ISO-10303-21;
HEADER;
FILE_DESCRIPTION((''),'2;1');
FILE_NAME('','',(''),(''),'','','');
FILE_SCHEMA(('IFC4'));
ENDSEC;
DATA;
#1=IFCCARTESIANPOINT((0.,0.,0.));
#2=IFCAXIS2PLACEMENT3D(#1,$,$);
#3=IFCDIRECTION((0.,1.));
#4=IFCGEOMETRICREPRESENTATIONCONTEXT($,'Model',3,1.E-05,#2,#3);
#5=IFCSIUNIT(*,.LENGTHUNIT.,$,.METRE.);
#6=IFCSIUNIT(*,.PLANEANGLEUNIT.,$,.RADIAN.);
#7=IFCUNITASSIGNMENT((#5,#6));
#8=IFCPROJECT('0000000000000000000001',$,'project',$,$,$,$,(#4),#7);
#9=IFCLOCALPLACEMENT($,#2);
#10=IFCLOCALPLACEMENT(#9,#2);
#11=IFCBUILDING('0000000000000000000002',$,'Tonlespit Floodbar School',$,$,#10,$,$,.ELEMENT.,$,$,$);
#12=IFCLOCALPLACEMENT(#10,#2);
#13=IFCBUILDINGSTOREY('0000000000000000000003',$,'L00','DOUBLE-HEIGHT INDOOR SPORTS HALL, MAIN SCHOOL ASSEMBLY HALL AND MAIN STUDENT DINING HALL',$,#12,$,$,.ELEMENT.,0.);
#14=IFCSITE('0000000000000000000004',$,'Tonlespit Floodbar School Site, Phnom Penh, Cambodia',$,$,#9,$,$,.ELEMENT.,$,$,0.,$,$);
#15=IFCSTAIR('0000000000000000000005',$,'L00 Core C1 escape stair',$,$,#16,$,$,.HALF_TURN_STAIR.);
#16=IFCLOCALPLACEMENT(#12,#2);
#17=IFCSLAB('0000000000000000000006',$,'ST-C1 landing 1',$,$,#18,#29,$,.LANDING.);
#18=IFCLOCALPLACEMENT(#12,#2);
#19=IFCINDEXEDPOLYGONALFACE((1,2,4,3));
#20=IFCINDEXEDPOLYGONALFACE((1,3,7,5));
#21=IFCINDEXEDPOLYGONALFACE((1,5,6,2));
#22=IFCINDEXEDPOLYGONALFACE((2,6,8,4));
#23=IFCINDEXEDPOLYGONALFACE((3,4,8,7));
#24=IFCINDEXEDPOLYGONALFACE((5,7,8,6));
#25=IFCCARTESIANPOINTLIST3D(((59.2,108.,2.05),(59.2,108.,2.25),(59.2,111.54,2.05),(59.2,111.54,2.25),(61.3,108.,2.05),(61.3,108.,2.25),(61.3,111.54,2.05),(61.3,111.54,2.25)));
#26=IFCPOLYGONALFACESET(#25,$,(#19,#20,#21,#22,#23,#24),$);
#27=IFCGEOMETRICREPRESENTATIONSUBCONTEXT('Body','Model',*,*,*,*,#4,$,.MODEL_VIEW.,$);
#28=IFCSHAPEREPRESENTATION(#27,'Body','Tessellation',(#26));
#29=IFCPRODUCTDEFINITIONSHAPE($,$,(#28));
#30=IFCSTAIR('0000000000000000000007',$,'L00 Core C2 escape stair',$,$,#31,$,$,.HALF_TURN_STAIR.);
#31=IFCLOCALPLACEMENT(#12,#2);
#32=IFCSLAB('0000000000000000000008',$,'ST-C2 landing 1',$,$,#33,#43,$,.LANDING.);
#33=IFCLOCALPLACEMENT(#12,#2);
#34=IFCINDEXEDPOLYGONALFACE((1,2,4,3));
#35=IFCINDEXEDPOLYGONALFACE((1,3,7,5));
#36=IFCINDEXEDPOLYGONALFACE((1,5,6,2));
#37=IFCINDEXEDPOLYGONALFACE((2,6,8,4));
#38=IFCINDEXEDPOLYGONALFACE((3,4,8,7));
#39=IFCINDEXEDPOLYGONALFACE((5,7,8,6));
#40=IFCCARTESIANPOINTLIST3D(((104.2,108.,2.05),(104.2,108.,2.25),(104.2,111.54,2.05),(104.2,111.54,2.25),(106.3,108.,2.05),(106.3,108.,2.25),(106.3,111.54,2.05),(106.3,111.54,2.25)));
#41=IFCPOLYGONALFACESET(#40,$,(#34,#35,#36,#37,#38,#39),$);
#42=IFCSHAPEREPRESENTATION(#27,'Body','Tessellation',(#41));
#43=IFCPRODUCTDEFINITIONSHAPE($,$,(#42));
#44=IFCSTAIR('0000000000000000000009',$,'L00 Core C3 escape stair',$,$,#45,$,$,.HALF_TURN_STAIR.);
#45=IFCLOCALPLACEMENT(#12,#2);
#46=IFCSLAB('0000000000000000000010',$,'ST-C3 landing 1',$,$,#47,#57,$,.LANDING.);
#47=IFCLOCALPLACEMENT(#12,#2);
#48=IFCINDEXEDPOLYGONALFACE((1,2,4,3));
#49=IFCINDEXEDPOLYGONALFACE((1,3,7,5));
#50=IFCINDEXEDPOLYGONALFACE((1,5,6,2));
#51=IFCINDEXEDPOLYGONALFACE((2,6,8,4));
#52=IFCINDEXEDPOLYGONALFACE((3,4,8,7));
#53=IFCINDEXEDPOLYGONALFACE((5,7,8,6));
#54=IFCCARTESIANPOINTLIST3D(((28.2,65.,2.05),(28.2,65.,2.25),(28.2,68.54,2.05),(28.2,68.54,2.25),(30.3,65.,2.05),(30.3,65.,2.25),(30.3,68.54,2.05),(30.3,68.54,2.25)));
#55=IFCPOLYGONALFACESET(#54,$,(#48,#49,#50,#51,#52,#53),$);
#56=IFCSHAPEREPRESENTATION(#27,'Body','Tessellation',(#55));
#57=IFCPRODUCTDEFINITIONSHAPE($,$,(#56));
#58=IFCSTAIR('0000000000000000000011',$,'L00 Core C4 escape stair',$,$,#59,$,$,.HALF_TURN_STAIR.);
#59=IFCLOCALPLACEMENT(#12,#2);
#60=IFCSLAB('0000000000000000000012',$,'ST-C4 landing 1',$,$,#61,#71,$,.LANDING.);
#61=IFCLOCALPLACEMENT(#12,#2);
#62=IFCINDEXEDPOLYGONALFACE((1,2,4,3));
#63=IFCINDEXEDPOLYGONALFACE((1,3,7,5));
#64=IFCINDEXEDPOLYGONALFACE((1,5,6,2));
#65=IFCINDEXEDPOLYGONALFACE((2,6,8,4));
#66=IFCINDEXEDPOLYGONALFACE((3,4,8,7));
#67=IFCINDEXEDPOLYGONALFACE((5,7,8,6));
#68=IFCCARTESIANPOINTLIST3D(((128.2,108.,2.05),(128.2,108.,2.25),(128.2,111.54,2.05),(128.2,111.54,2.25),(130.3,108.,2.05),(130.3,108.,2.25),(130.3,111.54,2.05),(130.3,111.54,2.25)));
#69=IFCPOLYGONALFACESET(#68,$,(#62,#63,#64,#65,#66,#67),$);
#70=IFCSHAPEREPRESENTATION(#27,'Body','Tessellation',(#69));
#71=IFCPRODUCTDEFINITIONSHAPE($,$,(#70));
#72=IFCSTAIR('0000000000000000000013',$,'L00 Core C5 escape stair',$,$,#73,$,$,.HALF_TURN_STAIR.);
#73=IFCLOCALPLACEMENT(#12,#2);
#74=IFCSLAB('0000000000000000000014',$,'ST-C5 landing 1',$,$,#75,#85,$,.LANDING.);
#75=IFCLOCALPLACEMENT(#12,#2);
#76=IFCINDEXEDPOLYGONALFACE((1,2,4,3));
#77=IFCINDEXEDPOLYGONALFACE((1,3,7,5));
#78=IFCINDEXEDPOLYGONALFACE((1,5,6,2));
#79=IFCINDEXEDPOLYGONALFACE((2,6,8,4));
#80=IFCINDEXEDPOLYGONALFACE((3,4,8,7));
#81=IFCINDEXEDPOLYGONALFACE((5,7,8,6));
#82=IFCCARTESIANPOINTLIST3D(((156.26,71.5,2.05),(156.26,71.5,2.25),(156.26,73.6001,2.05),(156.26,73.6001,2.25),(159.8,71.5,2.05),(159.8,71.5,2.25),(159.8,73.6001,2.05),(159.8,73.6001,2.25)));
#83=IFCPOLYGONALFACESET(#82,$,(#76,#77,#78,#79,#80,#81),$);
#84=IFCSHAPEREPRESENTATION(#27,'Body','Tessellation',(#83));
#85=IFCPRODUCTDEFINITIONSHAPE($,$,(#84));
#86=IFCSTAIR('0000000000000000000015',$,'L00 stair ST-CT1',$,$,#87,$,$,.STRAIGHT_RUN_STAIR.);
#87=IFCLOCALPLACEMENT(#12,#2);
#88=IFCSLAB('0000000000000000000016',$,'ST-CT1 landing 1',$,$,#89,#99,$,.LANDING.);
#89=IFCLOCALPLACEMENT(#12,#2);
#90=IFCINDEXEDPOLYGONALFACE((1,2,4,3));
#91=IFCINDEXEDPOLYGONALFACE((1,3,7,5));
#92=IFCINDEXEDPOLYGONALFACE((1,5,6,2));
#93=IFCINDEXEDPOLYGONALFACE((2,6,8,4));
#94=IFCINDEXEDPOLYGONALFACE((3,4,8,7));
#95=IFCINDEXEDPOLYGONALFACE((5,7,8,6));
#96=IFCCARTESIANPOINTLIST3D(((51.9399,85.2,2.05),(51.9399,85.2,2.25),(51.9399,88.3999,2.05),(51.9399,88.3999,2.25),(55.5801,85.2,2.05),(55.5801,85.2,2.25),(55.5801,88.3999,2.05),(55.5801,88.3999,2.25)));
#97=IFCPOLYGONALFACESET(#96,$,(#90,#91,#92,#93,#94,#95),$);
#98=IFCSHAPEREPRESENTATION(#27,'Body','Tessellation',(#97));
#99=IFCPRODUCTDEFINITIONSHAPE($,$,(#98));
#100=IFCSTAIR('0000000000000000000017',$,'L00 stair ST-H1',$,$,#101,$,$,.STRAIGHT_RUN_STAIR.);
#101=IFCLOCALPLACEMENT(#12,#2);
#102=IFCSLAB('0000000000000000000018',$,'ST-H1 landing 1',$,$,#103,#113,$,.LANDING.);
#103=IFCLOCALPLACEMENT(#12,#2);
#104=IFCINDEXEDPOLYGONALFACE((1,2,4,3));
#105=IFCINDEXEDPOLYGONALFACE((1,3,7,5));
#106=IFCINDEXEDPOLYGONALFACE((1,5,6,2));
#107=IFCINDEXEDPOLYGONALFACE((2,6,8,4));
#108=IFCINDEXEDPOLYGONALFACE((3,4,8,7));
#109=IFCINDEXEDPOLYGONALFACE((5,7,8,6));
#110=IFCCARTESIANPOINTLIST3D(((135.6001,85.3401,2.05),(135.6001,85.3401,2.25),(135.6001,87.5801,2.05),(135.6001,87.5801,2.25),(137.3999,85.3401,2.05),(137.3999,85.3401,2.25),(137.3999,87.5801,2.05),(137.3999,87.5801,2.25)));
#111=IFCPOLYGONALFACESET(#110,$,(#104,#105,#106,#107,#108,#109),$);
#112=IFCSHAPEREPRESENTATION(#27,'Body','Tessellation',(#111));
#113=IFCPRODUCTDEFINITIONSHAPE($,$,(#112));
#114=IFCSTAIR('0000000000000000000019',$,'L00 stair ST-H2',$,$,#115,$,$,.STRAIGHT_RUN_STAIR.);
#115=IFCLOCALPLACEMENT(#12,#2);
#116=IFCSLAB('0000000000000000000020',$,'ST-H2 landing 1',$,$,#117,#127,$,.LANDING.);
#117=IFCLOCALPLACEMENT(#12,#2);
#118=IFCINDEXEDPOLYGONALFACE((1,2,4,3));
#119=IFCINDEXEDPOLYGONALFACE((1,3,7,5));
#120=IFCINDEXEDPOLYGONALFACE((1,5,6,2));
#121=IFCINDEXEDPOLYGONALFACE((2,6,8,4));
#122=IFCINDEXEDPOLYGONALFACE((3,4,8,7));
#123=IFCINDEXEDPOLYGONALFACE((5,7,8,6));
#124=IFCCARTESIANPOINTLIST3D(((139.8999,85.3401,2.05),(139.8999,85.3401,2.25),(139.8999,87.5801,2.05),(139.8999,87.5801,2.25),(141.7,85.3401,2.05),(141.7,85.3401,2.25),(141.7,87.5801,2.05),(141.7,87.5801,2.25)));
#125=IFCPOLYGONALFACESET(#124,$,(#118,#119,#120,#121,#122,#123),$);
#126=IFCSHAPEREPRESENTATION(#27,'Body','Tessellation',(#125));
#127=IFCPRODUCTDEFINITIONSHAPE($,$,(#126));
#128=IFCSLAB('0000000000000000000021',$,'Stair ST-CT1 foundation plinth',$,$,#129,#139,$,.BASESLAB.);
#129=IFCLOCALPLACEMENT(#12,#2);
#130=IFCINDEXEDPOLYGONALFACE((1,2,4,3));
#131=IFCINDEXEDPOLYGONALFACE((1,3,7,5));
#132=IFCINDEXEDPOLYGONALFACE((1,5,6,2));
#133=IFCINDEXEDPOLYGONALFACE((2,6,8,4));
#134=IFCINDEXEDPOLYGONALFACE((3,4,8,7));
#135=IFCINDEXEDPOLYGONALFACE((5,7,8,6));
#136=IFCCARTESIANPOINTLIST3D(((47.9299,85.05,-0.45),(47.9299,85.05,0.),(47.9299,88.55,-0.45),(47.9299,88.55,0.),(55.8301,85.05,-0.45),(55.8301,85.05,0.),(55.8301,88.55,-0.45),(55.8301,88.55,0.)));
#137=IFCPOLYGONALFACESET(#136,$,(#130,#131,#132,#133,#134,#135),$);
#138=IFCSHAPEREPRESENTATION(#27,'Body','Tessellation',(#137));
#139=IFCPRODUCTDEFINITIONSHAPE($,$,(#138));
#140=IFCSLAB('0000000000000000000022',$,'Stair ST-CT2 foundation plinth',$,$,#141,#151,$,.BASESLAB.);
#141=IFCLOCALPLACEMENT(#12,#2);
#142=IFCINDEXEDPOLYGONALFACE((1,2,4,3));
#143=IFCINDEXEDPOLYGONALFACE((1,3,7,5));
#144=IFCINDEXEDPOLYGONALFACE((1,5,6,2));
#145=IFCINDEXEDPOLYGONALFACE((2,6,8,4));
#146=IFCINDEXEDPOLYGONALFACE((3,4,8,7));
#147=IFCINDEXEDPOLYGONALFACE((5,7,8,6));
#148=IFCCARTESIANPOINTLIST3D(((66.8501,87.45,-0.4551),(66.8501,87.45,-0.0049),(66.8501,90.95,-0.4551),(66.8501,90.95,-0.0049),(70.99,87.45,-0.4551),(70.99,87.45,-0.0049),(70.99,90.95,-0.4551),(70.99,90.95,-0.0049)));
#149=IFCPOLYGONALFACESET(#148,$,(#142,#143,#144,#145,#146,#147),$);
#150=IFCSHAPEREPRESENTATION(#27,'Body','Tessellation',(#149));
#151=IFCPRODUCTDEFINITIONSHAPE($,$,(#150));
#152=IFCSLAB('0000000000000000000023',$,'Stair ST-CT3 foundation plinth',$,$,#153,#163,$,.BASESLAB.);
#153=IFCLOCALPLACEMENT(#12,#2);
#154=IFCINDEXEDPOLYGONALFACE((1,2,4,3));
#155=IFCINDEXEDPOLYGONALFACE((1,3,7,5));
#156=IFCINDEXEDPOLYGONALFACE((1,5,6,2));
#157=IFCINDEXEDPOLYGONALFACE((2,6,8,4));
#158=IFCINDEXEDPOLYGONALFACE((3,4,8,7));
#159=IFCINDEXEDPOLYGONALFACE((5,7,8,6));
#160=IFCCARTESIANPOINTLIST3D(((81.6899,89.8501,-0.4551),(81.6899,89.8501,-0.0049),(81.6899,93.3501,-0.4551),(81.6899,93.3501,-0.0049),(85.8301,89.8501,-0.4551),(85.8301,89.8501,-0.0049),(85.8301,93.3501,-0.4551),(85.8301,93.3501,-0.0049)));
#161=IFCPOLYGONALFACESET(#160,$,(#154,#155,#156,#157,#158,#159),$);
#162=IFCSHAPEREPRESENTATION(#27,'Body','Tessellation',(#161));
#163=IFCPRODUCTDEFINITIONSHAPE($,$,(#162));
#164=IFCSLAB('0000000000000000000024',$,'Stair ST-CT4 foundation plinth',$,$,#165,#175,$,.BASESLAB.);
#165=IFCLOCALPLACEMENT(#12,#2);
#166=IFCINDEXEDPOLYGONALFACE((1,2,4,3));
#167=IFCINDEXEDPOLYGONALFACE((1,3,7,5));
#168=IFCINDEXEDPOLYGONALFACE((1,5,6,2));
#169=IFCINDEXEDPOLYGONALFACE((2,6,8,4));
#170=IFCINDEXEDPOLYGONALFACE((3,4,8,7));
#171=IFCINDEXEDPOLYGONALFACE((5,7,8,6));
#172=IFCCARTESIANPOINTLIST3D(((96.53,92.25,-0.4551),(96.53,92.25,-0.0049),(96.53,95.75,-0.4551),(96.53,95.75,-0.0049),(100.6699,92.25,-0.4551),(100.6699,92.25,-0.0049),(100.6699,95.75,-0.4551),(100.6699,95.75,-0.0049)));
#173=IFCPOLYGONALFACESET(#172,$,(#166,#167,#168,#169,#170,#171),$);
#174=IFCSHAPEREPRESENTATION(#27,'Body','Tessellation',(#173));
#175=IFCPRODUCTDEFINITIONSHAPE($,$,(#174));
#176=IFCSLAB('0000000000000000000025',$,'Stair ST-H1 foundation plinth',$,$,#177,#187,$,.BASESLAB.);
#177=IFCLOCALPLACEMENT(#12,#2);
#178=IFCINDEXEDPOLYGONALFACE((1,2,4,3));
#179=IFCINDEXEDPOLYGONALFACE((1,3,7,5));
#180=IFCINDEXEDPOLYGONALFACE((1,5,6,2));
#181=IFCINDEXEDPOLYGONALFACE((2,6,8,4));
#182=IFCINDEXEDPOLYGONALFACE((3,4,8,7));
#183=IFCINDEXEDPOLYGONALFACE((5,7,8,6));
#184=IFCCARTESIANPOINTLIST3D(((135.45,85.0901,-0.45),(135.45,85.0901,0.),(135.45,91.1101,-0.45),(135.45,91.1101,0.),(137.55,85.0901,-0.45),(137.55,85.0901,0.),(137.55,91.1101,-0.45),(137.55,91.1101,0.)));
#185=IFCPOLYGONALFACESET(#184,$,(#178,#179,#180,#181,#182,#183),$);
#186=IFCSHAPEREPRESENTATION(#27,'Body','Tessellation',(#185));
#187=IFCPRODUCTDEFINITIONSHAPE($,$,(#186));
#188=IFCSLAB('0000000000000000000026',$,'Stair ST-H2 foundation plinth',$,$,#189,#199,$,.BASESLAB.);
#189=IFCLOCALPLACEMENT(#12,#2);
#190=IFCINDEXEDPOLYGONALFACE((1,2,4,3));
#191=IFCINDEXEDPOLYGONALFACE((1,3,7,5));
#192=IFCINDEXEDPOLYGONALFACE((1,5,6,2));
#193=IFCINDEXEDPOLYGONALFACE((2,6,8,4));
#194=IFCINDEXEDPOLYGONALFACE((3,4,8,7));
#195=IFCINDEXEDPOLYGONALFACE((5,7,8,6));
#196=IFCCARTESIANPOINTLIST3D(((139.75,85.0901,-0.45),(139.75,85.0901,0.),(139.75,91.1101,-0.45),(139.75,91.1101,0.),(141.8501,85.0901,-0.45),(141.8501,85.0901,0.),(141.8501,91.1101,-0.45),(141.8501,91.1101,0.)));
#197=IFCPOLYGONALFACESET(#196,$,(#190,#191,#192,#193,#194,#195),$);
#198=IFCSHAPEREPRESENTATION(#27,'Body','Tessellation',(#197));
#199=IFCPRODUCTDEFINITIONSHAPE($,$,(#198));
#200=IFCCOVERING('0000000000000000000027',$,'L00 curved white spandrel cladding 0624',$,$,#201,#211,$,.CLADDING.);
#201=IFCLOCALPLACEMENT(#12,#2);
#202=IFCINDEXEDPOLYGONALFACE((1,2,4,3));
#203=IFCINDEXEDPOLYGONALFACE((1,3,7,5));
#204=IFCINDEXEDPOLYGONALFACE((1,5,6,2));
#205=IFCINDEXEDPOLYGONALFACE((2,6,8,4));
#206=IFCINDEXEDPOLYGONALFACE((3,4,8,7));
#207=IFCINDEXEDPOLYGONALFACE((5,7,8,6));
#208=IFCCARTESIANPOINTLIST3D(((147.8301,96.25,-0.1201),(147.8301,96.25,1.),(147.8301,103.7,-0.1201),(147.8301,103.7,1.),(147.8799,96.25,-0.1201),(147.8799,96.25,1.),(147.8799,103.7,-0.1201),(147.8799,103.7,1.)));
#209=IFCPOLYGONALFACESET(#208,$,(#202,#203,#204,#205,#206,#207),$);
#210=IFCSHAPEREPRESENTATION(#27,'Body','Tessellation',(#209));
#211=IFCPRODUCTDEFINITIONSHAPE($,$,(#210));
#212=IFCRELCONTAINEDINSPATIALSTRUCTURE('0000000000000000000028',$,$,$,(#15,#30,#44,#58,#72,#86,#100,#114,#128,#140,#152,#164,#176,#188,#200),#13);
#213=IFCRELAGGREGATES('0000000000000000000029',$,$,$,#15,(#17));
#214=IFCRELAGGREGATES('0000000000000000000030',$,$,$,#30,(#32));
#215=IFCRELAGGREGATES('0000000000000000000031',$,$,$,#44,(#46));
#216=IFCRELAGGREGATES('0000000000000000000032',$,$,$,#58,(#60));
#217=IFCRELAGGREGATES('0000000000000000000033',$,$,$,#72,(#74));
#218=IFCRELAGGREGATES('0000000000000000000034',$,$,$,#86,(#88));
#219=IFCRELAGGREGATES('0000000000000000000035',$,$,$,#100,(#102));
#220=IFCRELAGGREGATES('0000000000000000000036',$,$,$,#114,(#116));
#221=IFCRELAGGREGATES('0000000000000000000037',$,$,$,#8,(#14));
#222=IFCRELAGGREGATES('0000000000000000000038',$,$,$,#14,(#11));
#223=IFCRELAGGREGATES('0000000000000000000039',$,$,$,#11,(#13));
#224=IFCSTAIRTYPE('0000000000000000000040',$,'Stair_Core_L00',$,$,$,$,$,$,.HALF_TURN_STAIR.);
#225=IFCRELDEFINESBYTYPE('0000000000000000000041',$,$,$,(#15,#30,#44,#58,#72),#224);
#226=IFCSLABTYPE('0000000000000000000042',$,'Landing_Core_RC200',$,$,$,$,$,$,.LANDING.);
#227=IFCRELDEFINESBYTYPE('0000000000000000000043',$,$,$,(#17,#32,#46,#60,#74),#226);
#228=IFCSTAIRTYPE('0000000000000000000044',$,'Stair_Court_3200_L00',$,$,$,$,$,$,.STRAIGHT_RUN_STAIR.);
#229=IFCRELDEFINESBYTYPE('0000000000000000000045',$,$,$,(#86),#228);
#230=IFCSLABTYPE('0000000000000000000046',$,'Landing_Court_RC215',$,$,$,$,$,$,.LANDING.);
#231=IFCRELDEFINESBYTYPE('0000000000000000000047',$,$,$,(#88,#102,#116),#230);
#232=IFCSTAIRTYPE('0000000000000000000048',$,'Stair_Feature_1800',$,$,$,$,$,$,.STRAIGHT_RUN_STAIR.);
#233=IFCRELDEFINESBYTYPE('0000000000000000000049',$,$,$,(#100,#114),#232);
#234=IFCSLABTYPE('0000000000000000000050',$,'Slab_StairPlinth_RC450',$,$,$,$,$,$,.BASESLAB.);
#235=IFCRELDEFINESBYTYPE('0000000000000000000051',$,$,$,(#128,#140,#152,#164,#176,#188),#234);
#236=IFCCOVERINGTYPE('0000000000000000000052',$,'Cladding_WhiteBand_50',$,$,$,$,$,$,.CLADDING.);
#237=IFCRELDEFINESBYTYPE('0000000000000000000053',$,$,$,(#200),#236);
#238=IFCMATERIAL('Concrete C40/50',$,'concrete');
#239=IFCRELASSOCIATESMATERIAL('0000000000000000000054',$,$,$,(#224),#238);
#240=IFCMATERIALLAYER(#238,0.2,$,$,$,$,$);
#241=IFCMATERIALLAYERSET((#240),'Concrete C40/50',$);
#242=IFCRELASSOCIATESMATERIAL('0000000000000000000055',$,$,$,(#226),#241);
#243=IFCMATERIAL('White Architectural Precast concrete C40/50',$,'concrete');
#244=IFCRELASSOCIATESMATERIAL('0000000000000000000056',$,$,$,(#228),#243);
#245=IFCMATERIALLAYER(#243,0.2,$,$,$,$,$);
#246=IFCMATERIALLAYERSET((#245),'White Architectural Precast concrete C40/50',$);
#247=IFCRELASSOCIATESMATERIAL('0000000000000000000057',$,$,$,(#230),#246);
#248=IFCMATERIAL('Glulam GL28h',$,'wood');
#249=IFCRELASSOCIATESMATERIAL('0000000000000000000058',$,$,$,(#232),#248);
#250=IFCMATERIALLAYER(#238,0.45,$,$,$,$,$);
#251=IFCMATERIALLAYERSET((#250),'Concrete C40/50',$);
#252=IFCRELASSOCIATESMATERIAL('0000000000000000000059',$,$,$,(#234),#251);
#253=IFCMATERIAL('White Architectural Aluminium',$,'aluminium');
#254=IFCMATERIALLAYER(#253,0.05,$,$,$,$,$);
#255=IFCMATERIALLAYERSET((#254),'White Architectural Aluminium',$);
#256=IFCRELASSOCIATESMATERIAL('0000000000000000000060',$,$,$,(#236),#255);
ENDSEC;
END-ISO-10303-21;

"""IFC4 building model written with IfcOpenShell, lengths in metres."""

from ifc_helpers import new_model, si_unit, direction, frame, origin, place, context, subcontext, project, spatial, polyline, outline, extrude, material, layer, layer_set, type_object, element, aggregate, save


model = new_model("IFC4")

# Units and contexts
model_context = context("Model", 3, precision=1e-05, world=origin(), true_north=direction((0.0, 1.0)))
body_context = subcontext(model_context, "Body", "Model", "MODEL_VIEW")
ifc_project = project(units=[si_unit("LENGTHUNIT", "METRE"), si_unit("PLANEANGLEUNIT", "RADIAN")], contexts=[model_context])

# Site, building, storey
site_placement = place(None, origin())
site = spatial("IfcSite", under=ifc_project, at=site_placement, Name="Tonlespit Floodbar School Site, Phnom Penh, Cambodia", CompositionType="ELEMENT", RefElevation=0.0)
building_placement = place(site_placement, origin())
building = spatial("IfcBuilding", under=site, at=building_placement, Name="Tonlespit Floodbar School", CompositionType="ELEMENT")
storey_placement = place(building_placement, origin())
storey = spatial("IfcBuildingStorey", under=building, at=storey_placement, Name="L00", Description="DOUBLE-HEIGHT INDOOR SPORTS HALL, MAIN SCHOOL ASSEMBLY HALL AND MAIN STUDENT DINING HALL", CompositionType="ELEMENT", Elevation=0.0)

# Stairs, slabs
ifc_material_1 = material(Name="Concrete C40/50", Category="concrete")
stair_type_1 = type_object("IfcStairType", Name="Stair_Core_L00", PredefinedType="HALF_TURN_STAIR", material=ifc_material_1)
stair_1_placement = place(storey_placement, origin())
stair_1 = element("IfcStair", 1, at=stair_1_placement, inside=storey, type_object=stair_type_1, Name="L00 Core C1 escape stair", PredefinedType="HALF_TURN_STAIR")
ifc_layer_1 = layer(ifc_material_1, 0.2)
ifc_layer_set_1 = layer_set([ifc_layer_1], Name="Concrete C40/50")
slab_type_1 = type_object("IfcSlabType", Name="Landing_Core_RC200", PredefinedType="LANDING", material=ifc_layer_set_1)
slab_1_placement = place(storey_placement, frame((0.0, 0.0, 2.05)))
slab_1 = element("IfcSlab", 2, at=slab_1_placement, type_object=slab_type_1, Name="ST-C1 landing 1", PredefinedType="LANDING", context=body_context, shape_type="SweptSolid", body=[
    extrude(outline(polyline([(59.2, 108.0), (61.3, 108.0), (61.3, 111.54), (59.2, 111.54), (59.2, 108.0)])), origin(), (0.0, 0.0, 1.0), 0.2),
])
aggregate(stair_1, [slab_1])
stair_2_placement = place(storey_placement, origin())
stair_2 = element("IfcStair", 3, at=stair_2_placement, inside=storey, type_object=stair_type_1, Name="L00 Core C2 escape stair", PredefinedType="HALF_TURN_STAIR")
slab_2_placement = place(storey_placement, frame((0.0, 0.0, 2.05)))
slab_2 = element("IfcSlab", 4, at=slab_2_placement, type_object=slab_type_1, Name="ST-C2 landing 1", PredefinedType="LANDING", context=body_context, shape_type="SweptSolid", body=[
    extrude(outline(polyline([(104.2, 108.0), (106.3, 108.0), (106.3, 111.54), (104.2, 111.54), (104.2, 108.0)])), origin(), (0.0, 0.0, 1.0), 0.2),
])
aggregate(stair_2, [slab_2])
stair_3_placement = place(storey_placement, origin())
stair_3 = element("IfcStair", 5, at=stair_3_placement, inside=storey, type_object=stair_type_1, Name="L00 Core C3 escape stair", PredefinedType="HALF_TURN_STAIR")
slab_3_placement = place(storey_placement, frame((0.0, 0.0, 2.05)))
slab_3 = element("IfcSlab", 6, at=slab_3_placement, type_object=slab_type_1, Name="ST-C3 landing 1", PredefinedType="LANDING", context=body_context, shape_type="SweptSolid", body=[
    extrude(outline(polyline([(28.2, 65.0), (30.3, 65.0), (30.3, 68.54), (28.2, 68.54), (28.2, 65.0)])), origin(), (0.0, 0.0, 1.0), 0.2),
])
aggregate(stair_3, [slab_3])
stair_4_placement = place(storey_placement, origin())
stair_4 = element("IfcStair", 7, at=stair_4_placement, inside=storey, type_object=stair_type_1, Name="L00 Core C4 escape stair", PredefinedType="HALF_TURN_STAIR")
slab_4_placement = place(storey_placement, frame((0.0, 0.0, 2.05)))
slab_4 = element("IfcSlab", 8, at=slab_4_placement, type_object=slab_type_1, Name="ST-C4 landing 1", PredefinedType="LANDING", context=body_context, shape_type="SweptSolid", body=[
    extrude(outline(polyline([(128.2, 108.0), (130.3, 108.0), (130.3, 111.54), (128.2, 111.54), (128.2, 108.0)])), origin(), (0.0, 0.0, 1.0), 0.2),
])
aggregate(stair_4, [slab_4])
stair_5_placement = place(storey_placement, origin())
stair_5 = element("IfcStair", 9, at=stair_5_placement, inside=storey, type_object=stair_type_1, Name="L00 Core C5 escape stair", PredefinedType="HALF_TURN_STAIR")
slab_5_placement = place(storey_placement, frame((0.0, 0.0, 2.05)))
slab_5 = element("IfcSlab", 10, at=slab_5_placement, type_object=slab_type_1, Name="ST-C5 landing 1", PredefinedType="LANDING", context=body_context, shape_type="SweptSolid", body=[
    extrude(outline(polyline([(159.8, 71.5), (159.8, 73.6001), (156.26, 73.6001), (156.26, 71.5), (159.8, 71.5)])), origin(), (0.0, 0.0, 1.0), 0.2),
])
aggregate(stair_5, [slab_5])
ifc_material_2 = material(Name="White Architectural Precast concrete C40/50", Category="concrete")
stair_type_2 = type_object("IfcStairType", Name="Stair_Court_3200_L00", PredefinedType="STRAIGHT_RUN_STAIR", material=ifc_material_2)
stair_6_placement = place(storey_placement, origin())
stair_6 = element("IfcStair", 11, at=stair_6_placement, inside=storey, type_object=stair_type_2, Name="L00 stair ST-CT1", PredefinedType="STRAIGHT_RUN_STAIR")
ifc_layer_2 = layer(ifc_material_2, 0.2)
ifc_layer_set_2 = layer_set([ifc_layer_2], Name="White Architectural Precast concrete C40/50")
slab_type_2 = type_object("IfcSlabType", Name="Landing_Court_RC215", PredefinedType="LANDING", material=ifc_layer_set_2)
slab_6_placement = place(storey_placement, frame((0.0, 0.0, 2.05)))
slab_6 = element("IfcSlab", 12, at=slab_6_placement, type_object=slab_type_2, Name="ST-CT1 landing 1", PredefinedType="LANDING", context=body_context, shape_type="SweptSolid", body=[
    extrude(outline(polyline([(51.9399, 85.2), (55.5801, 85.2), (55.5801, 88.3999), (51.9399, 88.3999), (51.9399, 85.2)])), origin(), (0.0, 0.0, 1.0), 0.2),
])
aggregate(stair_6, [slab_6])
ifc_material_3 = material(Name="Glulam GL28h", Category="wood")
stair_type_3 = type_object("IfcStairType", Name="Stair_Feature_1800", PredefinedType="STRAIGHT_RUN_STAIR", material=ifc_material_3)
stair_7_placement = place(storey_placement, origin())
stair_7 = element("IfcStair", 13, at=stair_7_placement, inside=storey, type_object=stair_type_3, Name="L00 stair ST-H1", PredefinedType="STRAIGHT_RUN_STAIR")
slab_7_placement = place(storey_placement, frame((0.0, 0.0, 2.05)))
slab_7 = element("IfcSlab", 14, at=slab_7_placement, type_object=slab_type_2, Name="ST-H1 landing 1", PredefinedType="LANDING", context=body_context, shape_type="SweptSolid", body=[
    extrude(outline(polyline([(135.6001, 87.5801), (135.6001, 85.3401), (137.3999, 85.3401), (137.3999, 87.5801), (135.6001, 87.5801)])), origin(), (0.0, 0.0, 1.0), 0.2),
])
aggregate(stair_7, [slab_7])
stair_8_placement = place(storey_placement, origin())
stair_8 = element("IfcStair", 15, at=stair_8_placement, inside=storey, type_object=stair_type_3, Name="L00 stair ST-H2", PredefinedType="STRAIGHT_RUN_STAIR")
slab_8_placement = place(storey_placement, frame((0.0, 0.0, 2.05)))
slab_8 = element("IfcSlab", 16, at=slab_8_placement, type_object=slab_type_2, Name="ST-H2 landing 1", PredefinedType="LANDING", context=body_context, shape_type="SweptSolid", body=[
    extrude(outline(polyline([(139.8999, 87.5801), (139.8999, 85.3401), (141.7, 85.3401), (141.7, 87.5801), (139.8999, 87.5801)])), origin(), (0.0, 0.0, 1.0), 0.2),
])
aggregate(stair_8, [slab_8])

# Slabs
ifc_layer_3 = layer(ifc_material_1, 0.45)
ifc_layer_set_3 = layer_set([ifc_layer_3], Name="Concrete C40/50")
slab_type_3 = type_object("IfcSlabType", Name="Slab_StairPlinth_RC450", PredefinedType="BASESLAB", material=ifc_layer_set_3)
slab_9_placement = place(storey_placement, frame((0.0, 0.0, -0.45)))
element("IfcSlab", 17, at=slab_9_placement, inside=storey, type_object=slab_type_3, Name="Stair ST-CT1 foundation plinth", PredefinedType="BASESLAB", context=body_context, shape_type="SweptSolid", body=[
    extrude(outline(polyline([(47.9299, 85.05), (55.8301, 85.05), (55.8301, 88.55), (47.9299, 88.55), (47.9299, 85.05)])), origin(), (0.0, 0.0, 1.0), 0.45),
])
slab_10_placement = place(storey_placement, frame((0.0, 0.0, -0.4551)))
element("IfcSlab", 18, at=slab_10_placement, inside=storey, type_object=slab_type_3, Name="Stair ST-CT2 foundation plinth", PredefinedType="BASESLAB", context=body_context, shape_type="SweptSolid", body=[
    extrude(outline(polyline([(66.8501, 87.45), (70.99, 87.45), (70.99, 90.95), (66.8501, 90.95), (66.8501, 87.45)])), origin(), (0.0, 0.0, 1.0), 0.4502),
])
slab_11_placement = place(storey_placement, frame((0.0, 0.0, -0.4551)))
element("IfcSlab", 19, at=slab_11_placement, inside=storey, type_object=slab_type_3, Name="Stair ST-CT3 foundation plinth", PredefinedType="BASESLAB", context=body_context, shape_type="SweptSolid", body=[
    extrude(outline(polyline([(81.6899, 89.8501), (85.8301, 89.8501), (85.8301, 93.3501), (81.6899, 93.3501), (81.6899, 89.8501)])), origin(), (0.0, 0.0, 1.0), 0.4502),
])
slab_12_placement = place(storey_placement, frame((0.0, 0.0, -0.4551)))
element("IfcSlab", 20, at=slab_12_placement, inside=storey, type_object=slab_type_3, Name="Stair ST-CT4 foundation plinth", PredefinedType="BASESLAB", context=body_context, shape_type="SweptSolid", body=[
    extrude(outline(polyline([(96.53, 92.25), (100.6699, 92.25), (100.6699, 95.75), (96.53, 95.75), (96.53, 92.25)])), origin(), (0.0, 0.0, 1.0), 0.4502),
])
slab_13_placement = place(storey_placement, frame((0.0, 0.0, -0.45)))
element("IfcSlab", 21, at=slab_13_placement, inside=storey, type_object=slab_type_3, Name="Stair ST-H1 foundation plinth", PredefinedType="BASESLAB", context=body_context, shape_type="SweptSolid", body=[
    extrude(outline(polyline([(135.45, 91.1101), (135.45, 85.0901), (137.55, 85.0901), (137.55, 91.1101), (135.45, 91.1101)])), origin(), (0.0, 0.0, 1.0), 0.45),
])
slab_14_placement = place(storey_placement, frame((0.0, 0.0, -0.45)))
element("IfcSlab", 22, at=slab_14_placement, inside=storey, type_object=slab_type_3, Name="Stair ST-H2 foundation plinth", PredefinedType="BASESLAB", context=body_context, shape_type="SweptSolid", body=[
    extrude(outline(polyline([(139.75, 91.1101), (139.75, 85.0901), (141.8501, 85.0901), (141.8501, 91.1101), (139.75, 91.1101)])), origin(), (0.0, 0.0, 1.0), 0.45),
])

# Covering
ifc_material_4 = material(Name="White Architectural Aluminium", Category="aluminium")
ifc_layer_4 = layer(ifc_material_4, 0.05)
ifc_layer_set_4 = layer_set([ifc_layer_4], Name="White Architectural Aluminium")
covering_type = type_object("IfcCoveringType", Name="Cladding_WhiteBand_50", PredefinedType="CLADDING", material=ifc_layer_set_4)
covering_1_placement = place(storey_placement, frame((0.0, 0.0, -0.1201)))
element("IfcCovering", 23, at=covering_1_placement, inside=storey, type_object=covering_type, Name="L00 curved white spandrel cladding 0624", PredefinedType="CLADDING", context=body_context, shape_type="SweptSolid", body=[
    extrude(outline(polyline([(147.8799, 96.25), (147.8799, 103.7), (147.8301, 103.7), (147.8301, 96.25), (147.8799, 96.25)])), origin(), (0.0, 0.0, 1.0), 1.1201),
])

save(model, "model.ifc")
